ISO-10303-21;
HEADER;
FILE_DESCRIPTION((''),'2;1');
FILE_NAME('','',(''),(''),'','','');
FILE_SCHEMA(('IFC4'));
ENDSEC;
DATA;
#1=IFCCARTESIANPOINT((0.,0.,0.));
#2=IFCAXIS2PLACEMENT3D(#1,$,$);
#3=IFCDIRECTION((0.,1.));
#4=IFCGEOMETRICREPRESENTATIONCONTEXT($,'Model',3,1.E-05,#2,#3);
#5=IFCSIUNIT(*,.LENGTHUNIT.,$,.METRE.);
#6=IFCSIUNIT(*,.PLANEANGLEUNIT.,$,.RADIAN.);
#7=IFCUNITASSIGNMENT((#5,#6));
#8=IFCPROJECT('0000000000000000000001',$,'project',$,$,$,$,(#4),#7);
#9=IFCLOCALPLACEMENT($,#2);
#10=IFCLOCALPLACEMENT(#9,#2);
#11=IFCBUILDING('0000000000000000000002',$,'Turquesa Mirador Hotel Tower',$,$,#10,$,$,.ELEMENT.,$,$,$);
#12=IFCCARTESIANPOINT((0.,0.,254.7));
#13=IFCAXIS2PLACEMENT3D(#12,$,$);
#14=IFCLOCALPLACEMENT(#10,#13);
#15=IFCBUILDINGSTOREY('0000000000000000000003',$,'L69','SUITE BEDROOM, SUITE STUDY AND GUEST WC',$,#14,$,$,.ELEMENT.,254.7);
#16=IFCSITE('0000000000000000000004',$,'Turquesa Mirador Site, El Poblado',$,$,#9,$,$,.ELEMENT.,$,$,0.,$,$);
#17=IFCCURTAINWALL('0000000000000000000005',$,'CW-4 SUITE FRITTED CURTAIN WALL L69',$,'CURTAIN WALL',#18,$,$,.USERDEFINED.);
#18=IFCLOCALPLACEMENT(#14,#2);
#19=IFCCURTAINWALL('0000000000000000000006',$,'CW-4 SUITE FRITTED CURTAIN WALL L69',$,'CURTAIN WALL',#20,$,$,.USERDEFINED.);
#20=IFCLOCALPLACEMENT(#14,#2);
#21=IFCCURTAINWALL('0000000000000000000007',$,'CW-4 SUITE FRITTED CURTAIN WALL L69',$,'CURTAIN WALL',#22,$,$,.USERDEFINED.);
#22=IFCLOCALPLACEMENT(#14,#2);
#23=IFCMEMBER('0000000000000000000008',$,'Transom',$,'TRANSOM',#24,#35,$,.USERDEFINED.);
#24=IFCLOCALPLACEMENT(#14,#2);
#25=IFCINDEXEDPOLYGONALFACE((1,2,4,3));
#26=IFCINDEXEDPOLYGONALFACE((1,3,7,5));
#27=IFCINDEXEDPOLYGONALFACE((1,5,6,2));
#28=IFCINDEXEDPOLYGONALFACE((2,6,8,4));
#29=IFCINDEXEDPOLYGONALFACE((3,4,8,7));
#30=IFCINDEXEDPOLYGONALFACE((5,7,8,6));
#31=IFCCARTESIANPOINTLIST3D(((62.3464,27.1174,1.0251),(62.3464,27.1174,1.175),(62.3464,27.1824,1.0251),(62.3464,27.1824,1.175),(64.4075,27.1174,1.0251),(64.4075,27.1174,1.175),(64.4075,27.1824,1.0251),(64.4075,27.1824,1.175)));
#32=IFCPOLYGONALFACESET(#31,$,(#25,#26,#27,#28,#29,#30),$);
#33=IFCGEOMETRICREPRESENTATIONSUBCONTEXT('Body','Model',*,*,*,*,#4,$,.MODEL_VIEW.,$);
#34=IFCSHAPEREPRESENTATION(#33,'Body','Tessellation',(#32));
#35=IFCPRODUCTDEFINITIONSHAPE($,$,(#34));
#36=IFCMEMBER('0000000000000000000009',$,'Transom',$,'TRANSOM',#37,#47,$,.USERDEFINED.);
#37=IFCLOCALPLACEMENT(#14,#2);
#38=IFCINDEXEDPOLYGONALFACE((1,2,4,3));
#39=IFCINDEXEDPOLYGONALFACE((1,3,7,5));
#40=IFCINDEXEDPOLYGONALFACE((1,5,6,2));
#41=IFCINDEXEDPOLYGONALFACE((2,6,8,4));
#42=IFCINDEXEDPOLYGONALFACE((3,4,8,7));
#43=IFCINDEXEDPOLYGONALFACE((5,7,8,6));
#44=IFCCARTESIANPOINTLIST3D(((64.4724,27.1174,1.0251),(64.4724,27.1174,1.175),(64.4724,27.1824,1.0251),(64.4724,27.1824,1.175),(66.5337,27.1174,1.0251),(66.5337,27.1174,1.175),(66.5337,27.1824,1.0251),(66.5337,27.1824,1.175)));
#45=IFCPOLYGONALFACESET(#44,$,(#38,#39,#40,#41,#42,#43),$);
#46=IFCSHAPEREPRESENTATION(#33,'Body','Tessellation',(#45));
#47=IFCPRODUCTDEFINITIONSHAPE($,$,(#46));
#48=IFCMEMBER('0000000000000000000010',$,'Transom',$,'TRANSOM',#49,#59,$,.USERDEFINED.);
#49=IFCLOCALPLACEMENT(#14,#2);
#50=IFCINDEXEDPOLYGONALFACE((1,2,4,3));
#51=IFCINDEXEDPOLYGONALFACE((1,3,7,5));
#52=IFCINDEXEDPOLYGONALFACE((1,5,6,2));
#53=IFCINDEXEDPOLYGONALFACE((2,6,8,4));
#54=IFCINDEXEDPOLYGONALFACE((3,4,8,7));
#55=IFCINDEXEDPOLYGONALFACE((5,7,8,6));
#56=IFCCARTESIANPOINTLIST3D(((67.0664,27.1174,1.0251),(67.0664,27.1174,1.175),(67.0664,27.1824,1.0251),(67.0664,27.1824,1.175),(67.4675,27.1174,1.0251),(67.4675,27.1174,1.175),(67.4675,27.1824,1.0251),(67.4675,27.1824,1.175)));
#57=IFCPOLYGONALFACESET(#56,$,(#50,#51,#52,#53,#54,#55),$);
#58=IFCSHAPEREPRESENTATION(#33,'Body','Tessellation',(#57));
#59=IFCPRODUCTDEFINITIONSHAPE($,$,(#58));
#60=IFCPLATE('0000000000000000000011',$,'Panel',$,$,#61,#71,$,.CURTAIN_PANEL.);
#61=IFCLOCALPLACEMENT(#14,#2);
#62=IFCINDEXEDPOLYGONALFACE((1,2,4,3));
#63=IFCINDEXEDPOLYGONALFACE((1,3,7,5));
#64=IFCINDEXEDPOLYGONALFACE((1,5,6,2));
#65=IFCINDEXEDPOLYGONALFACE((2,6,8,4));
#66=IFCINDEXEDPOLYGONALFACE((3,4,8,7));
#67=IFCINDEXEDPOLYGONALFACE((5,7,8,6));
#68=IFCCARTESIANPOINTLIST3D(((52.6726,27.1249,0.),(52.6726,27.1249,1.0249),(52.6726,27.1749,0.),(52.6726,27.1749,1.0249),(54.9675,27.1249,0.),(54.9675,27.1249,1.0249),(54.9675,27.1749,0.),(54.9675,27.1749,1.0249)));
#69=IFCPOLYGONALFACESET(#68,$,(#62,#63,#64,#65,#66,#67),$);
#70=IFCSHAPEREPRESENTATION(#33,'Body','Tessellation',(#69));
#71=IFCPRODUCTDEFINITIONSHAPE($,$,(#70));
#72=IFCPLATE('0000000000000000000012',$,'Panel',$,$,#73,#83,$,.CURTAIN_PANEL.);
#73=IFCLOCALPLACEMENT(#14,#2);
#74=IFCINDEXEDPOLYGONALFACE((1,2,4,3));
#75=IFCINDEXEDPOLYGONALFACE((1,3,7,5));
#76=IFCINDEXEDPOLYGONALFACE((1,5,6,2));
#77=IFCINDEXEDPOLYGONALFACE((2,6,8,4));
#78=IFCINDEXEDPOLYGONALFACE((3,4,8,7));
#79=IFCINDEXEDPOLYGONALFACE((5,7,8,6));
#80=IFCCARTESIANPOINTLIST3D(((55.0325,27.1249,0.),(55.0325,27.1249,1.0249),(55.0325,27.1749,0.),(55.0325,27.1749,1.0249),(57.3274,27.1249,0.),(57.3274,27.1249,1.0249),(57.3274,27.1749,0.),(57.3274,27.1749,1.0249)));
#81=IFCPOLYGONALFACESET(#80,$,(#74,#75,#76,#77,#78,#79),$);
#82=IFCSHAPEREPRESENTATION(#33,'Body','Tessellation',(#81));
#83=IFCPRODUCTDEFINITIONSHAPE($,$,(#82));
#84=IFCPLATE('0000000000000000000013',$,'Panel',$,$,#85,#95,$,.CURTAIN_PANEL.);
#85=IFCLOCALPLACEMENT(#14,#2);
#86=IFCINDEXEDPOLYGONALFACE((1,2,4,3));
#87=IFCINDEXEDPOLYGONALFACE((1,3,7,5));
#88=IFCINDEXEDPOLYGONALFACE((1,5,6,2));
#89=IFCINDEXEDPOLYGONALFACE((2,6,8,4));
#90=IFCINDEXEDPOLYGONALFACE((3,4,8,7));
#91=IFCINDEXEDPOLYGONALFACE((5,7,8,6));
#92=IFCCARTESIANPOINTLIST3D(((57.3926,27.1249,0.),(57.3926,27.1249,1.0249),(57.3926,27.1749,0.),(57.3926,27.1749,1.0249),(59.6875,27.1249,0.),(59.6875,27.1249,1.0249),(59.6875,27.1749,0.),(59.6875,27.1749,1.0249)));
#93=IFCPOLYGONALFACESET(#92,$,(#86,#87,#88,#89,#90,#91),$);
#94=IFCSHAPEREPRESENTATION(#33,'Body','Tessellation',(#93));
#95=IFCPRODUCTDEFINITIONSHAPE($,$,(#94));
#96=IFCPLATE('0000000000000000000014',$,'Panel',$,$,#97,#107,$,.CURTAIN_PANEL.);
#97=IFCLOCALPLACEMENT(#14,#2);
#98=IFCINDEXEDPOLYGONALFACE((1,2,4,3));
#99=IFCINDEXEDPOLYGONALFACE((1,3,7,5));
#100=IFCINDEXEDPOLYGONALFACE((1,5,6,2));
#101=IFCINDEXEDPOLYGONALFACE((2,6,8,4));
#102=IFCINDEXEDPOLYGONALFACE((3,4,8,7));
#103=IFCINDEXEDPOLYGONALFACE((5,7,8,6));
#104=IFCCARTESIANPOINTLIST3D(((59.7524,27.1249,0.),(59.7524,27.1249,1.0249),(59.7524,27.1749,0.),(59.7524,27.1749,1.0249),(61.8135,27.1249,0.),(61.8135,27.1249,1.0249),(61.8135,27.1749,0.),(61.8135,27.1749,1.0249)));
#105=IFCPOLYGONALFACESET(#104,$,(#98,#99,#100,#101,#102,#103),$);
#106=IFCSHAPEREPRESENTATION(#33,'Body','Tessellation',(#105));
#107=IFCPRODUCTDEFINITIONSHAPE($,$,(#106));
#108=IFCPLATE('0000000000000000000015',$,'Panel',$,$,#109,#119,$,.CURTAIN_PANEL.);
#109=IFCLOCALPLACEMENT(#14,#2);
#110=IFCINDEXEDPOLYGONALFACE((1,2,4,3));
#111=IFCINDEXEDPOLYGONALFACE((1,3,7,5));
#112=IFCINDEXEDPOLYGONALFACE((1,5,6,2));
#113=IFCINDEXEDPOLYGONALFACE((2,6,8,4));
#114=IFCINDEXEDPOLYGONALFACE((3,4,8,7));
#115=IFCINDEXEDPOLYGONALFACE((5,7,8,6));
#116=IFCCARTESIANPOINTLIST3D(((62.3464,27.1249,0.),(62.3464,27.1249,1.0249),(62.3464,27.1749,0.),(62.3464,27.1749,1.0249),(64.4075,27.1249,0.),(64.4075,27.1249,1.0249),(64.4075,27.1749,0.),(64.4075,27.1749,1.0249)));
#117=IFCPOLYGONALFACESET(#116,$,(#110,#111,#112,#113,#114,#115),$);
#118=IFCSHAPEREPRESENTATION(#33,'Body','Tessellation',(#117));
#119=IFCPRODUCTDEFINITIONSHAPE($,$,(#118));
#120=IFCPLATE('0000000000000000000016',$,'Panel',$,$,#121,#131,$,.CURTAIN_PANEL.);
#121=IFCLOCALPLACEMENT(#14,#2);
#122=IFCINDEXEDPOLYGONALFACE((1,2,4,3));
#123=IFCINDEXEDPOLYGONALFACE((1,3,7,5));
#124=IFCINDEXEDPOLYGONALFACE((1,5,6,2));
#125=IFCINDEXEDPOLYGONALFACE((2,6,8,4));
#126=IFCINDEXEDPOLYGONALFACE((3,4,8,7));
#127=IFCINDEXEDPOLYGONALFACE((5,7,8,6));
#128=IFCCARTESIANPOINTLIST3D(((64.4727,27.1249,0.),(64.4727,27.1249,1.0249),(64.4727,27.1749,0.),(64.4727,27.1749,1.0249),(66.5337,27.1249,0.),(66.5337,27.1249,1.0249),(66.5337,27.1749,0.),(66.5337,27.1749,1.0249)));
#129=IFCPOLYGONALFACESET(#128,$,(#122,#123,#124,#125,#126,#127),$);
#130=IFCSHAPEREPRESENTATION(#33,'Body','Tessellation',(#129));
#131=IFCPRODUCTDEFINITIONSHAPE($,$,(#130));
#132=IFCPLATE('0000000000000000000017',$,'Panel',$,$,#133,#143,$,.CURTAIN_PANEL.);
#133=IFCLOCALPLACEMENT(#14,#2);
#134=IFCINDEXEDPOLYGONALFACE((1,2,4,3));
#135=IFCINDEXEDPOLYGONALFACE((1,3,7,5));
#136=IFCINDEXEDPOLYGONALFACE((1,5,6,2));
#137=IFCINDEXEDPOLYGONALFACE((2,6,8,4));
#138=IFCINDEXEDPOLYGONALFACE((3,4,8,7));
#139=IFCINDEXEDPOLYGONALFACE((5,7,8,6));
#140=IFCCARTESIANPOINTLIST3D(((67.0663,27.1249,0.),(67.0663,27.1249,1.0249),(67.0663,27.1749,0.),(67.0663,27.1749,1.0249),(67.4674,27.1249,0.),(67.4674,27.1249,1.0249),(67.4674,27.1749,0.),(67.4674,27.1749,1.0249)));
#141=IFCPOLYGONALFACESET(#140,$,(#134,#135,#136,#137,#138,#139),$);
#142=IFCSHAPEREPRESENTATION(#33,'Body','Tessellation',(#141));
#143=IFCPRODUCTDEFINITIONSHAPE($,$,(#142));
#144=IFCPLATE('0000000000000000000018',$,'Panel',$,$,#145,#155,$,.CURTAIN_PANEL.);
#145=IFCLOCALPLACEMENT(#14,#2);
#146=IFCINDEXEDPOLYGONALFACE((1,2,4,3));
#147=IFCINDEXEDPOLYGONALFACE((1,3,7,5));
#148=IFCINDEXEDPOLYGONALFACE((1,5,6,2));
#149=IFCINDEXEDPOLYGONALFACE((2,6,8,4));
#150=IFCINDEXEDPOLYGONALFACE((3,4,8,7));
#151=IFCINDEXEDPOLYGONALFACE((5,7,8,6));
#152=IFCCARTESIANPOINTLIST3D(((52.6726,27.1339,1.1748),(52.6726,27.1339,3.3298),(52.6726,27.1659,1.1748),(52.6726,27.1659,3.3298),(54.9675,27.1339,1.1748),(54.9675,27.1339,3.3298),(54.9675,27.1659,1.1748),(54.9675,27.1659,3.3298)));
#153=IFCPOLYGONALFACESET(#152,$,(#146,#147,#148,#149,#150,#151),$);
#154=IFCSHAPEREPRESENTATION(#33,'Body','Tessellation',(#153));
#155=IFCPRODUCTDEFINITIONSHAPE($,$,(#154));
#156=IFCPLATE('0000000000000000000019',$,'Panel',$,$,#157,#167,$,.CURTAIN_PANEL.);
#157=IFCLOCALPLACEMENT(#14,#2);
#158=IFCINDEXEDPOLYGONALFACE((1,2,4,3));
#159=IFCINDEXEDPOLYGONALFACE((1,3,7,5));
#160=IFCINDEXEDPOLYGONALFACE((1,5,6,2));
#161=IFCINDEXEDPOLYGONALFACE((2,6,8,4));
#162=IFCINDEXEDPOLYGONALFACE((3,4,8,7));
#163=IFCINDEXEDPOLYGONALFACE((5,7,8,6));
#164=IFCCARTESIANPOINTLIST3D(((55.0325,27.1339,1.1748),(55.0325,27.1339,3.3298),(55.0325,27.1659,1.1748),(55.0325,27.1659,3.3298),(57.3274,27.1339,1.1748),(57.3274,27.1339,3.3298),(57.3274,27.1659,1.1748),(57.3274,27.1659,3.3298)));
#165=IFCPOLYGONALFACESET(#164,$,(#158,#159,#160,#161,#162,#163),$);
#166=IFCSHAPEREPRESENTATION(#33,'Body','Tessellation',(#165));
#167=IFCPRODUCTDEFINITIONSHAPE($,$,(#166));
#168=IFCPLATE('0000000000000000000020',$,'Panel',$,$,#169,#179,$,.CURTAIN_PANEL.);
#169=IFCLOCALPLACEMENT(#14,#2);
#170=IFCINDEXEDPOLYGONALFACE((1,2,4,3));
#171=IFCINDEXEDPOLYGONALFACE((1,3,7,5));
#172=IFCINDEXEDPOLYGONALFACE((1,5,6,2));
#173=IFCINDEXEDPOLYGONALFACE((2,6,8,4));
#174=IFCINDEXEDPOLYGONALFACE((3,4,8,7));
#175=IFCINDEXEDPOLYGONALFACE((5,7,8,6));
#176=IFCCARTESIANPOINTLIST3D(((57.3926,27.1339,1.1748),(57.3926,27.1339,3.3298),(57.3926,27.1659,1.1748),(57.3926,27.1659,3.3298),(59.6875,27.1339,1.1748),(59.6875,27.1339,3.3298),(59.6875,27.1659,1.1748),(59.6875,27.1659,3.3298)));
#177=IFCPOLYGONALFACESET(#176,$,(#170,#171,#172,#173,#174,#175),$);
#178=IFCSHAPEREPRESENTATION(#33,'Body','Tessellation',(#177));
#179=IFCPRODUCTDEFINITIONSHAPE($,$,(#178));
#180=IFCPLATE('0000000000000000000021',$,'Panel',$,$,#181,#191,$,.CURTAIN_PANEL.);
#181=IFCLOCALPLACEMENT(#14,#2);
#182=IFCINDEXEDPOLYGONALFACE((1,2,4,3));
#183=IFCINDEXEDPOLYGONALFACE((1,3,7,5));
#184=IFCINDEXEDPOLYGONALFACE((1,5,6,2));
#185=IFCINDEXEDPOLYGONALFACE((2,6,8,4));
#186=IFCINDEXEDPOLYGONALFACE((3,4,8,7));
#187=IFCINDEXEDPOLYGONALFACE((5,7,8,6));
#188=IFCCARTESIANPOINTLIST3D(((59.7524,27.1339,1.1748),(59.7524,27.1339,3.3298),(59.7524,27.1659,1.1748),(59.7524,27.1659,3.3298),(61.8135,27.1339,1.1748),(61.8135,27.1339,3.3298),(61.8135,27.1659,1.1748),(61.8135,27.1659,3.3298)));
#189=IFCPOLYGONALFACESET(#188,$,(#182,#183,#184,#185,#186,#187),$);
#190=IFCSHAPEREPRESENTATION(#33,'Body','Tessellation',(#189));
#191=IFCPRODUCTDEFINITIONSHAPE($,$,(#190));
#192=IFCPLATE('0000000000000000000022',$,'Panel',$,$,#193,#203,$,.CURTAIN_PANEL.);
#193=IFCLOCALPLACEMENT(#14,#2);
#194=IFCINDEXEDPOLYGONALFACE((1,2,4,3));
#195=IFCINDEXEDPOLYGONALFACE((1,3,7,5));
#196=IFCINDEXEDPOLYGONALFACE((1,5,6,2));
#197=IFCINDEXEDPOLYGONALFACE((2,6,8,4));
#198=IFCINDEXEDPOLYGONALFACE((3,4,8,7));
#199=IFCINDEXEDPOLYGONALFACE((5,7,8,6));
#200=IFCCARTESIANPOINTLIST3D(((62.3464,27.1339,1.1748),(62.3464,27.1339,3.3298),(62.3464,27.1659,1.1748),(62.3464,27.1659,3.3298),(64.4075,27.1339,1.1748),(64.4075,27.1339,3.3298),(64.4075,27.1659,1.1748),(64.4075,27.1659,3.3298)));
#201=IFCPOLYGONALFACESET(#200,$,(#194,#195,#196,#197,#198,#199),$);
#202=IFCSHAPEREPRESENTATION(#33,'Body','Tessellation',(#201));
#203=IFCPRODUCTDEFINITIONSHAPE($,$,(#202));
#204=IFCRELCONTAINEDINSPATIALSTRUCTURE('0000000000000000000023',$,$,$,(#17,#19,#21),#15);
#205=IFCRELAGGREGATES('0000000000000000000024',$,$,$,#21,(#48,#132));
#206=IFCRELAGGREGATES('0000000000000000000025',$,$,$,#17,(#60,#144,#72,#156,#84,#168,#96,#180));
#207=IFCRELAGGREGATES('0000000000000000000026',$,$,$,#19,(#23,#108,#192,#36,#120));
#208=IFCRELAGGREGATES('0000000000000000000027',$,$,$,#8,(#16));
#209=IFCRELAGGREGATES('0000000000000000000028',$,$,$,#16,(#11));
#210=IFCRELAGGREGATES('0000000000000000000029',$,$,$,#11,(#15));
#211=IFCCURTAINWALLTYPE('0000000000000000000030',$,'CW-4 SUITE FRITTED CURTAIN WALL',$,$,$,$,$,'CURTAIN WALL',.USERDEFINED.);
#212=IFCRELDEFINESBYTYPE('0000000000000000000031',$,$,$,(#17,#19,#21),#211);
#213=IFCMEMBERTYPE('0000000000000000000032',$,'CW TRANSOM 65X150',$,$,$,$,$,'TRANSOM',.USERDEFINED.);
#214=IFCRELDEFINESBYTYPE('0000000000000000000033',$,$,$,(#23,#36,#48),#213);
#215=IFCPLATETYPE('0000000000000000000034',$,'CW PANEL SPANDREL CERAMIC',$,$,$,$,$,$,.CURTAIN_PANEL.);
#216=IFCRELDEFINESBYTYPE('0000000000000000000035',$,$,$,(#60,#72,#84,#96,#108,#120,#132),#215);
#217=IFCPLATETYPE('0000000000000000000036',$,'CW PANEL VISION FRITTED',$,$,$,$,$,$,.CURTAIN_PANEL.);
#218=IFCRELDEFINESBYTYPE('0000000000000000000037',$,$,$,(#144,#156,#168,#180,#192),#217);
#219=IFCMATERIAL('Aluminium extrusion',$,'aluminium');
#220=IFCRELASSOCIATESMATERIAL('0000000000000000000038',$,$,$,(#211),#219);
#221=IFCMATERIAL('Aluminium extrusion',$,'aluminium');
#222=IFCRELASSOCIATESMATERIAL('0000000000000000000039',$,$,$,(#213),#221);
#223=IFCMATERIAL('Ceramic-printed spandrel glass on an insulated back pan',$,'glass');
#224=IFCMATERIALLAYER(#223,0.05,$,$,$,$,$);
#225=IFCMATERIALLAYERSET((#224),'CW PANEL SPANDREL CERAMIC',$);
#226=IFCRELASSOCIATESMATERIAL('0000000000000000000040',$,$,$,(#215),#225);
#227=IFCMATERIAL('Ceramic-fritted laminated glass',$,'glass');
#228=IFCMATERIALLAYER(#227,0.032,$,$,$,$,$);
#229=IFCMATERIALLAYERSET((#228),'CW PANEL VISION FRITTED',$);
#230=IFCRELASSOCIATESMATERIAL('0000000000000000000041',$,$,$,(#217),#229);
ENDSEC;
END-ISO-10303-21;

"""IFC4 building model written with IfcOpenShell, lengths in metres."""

from ifc_helpers import new_model, si_unit, direction, frame, origin, origin_2d, place, context, subcontext, project, spatial, rectangle, extrude, material, layer, layer_set, material_profile, profile_set, type_object, element, aggregate, save


model = new_model("IFC4")

# Units and contexts
model_context = context("Model", 3, precision=1e-05, world=origin(), true_north=direction((0.0, 1.0)))
body_context = subcontext(model_context, "Body", "Model", "MODEL_VIEW")
ifc_project = project(units=[si_unit("LENGTHUNIT", "METRE"), si_unit("PLANEANGLEUNIT", "RADIAN")], contexts=[model_context])

# Site, building, storey
site_placement = place(None, origin())
site = spatial("IfcSite", under=ifc_project, at=site_placement, Name="Turquesa Mirador Site, El Poblado", CompositionType="ELEMENT", RefElevation=0.0)
building_placement = place(site_placement, origin())
building = spatial("IfcBuilding", under=site, at=building_placement, Name="Turquesa Mirador Hotel Tower", CompositionType="ELEMENT")
storey_placement = place(building_placement, frame((0.0, 0.0, 254.7)))
storey = spatial("IfcBuildingStorey", under=building, at=storey_placement, Name="L69", Description="SUITE BEDROOM, SUITE STUDY AND GUEST WC", CompositionType="ELEMENT", Elevation=254.7)

# Curtain walls
ifc_material_1 = material(Name="Aluminium extrusion", Category="aluminium")
curtain_wall_type = type_object("IfcCurtainWallType", Name="CW-4 SUITE FRITTED CURTAIN WALL", ElementType="CURTAIN WALL", PredefinedType="USERDEFINED", material=ifc_material_1)
curtain_wall_1_placement = place(storey_placement, origin())
curtain_wall_1 = element("IfcCurtainWall", 1, at=curtain_wall_1_placement, inside=storey, type_object=curtain_wall_type, Name="CW-4 SUITE FRITTED CURTAIN WALL L69", ObjectType="CURTAIN WALL", PredefinedType="USERDEFINED")
curtain_wall_2_placement = place(storey_placement, origin())
curtain_wall_2 = element("IfcCurtainWall", 2, at=curtain_wall_2_placement, inside=storey, type_object=curtain_wall_type, Name="CW-4 SUITE FRITTED CURTAIN WALL L69", ObjectType="CURTAIN WALL", PredefinedType="USERDEFINED")

# Curtain wall
curtain_wall_3_placement = place(storey_placement, origin())
curtain_wall_3 = element("IfcCurtainWall", 3, at=curtain_wall_3_placement, inside=storey, type_object=curtain_wall_type, Name="CW-4 SUITE FRITTED CURTAIN WALL L69", ObjectType="CURTAIN WALL", PredefinedType="USERDEFINED")

# Members
ifc_material_2 = material(Name="Aluminium extrusion", Category="aluminium")
ifc_material_profile_1 = material_profile(ifc_material_2, rectangle(XDim=0.0649, YDim=0.1499, at=origin_2d()), Name="TRANSOM 65X150")
ifc_profile_set_1 = profile_set([ifc_material_profile_1], Name="Aluminium extrusion")
member_type_1 = type_object("IfcMemberType", Name="CW TRANSOM 65X150", ElementType="TRANSOM", PredefinedType="USERDEFINED", material=ifc_profile_set_1)
member_1_placement = place(storey_placement, frame((62.3464, 27.1499, 1.1001), z_axis=(1.0, 0.0, 0.0), x_axis=(0.0, 1.0, 0.0)))
member_1 = element("IfcMember", 4, at=member_1_placement, type_object=member_type_1, Name="Transom", ObjectType="TRANSOM", PredefinedType="USERDEFINED", context=body_context, shape_type="SweptSolid", body=[
    extrude(rectangle(XDim=0.0649, YDim=0.1499, at=origin_2d()), origin(), (0.0, 0.0, 1.0), 2.061),
])
member_2_placement = place(storey_placement, frame((64.4724, 27.1499, 1.1001), z_axis=(1.0, 0.0, 0.0), x_axis=(0.0, 1.0, 0.0)))
member_2 = element("IfcMember", 5, at=member_2_placement, type_object=member_type_1, Name="Transom", ObjectType="TRANSOM", PredefinedType="USERDEFINED", context=body_context, shape_type="SweptSolid", body=[
    extrude(rectangle(XDim=0.0649, YDim=0.1499, at=origin_2d()), origin(), (0.0, 0.0, 1.0), 2.0613),
])
member_3_placement = place(storey_placement, frame((67.0664, 27.1499, 1.1001), z_axis=(1.0, 0.0, 0.0), x_axis=(0.0, 1.0, 0.0)))
member_3 = element("IfcMember", 6, at=member_3_placement, type_object=member_type_1, Name="Transom", ObjectType="TRANSOM", PredefinedType="USERDEFINED", context=body_context, shape_type="SweptSolid", body=[
    extrude(rectangle(XDim=0.0649, YDim=0.1499, at=origin_2d()), origin(), (0.0, 0.0, 1.0), 0.4011),
])

# Plates
ifc_material_3 = material(Name="Ceramic-printed spandrel glass on an insulated back pan", Category="glass")
ifc_layer_1 = layer(ifc_material_3, 0.05)
ifc_layer_set_1 = layer_set([ifc_layer_1], Name="CW PANEL SPANDREL CERAMIC")
plate_type_1 = type_object("IfcPlateType", Name="CW PANEL SPANDREL CERAMIC", PredefinedType="CURTAIN_PANEL", material=ifc_layer_set_1)
plate_1_placement = place(storey_placement, frame((53.8201, 27.1499, 0.0), z_axis=(0.0, 0.0, 1.0), x_axis=(1.0, 0.0, 0.0)))
plate_1 = element("IfcPlate", 7, at=plate_1_placement, type_object=plate_type_1, Name="Panel", PredefinedType="CURTAIN_PANEL", context=body_context, shape_type="SweptSolid", body=[
    extrude(rectangle(XDim=2.2949, YDim=0.05, at=origin_2d()), origin(), (0.0, 0.0, 1.0), 1.0249),
])
plate_2_placement = place(storey_placement, frame((56.1799, 27.1499, 0.0), z_axis=(0.0, 0.0, 1.0), x_axis=(1.0, 0.0, 0.0)))
plate_2 = element("IfcPlate", 8, at=plate_2_placement, type_object=plate_type_1, Name="Panel", PredefinedType="CURTAIN_PANEL", context=body_context, shape_type="SweptSolid", body=[
    extrude(rectangle(XDim=2.2949, YDim=0.05, at=origin_2d()), origin(), (0.0, 0.0, 1.0), 1.0249),
])
plate_3_placement = place(storey_placement, frame((58.54, 27.1499, 0.0), z_axis=(0.0, 0.0, 1.0), x_axis=(1.0, 0.0, 0.0)))
plate_3 = element("IfcPlate", 9, at=plate_3_placement, type_object=plate_type_1, Name="Panel", PredefinedType="CURTAIN_PANEL", context=body_context, shape_type="SweptSolid", body=[
    extrude(rectangle(XDim=2.2949, YDim=0.05, at=origin_2d()), origin(), (0.0, 0.0, 1.0), 1.0249),
])
plate_4_placement = place(storey_placement, frame((60.783, 27.1499, 0.0), z_axis=(0.0, 0.0, 1.0), x_axis=(1.0, 0.0, 0.0)))
plate_4 = element("IfcPlate", 10, at=plate_4_placement, type_object=plate_type_1, Name="Panel", PredefinedType="CURTAIN_PANEL", context=body_context, shape_type="SweptSolid", body=[
    extrude(rectangle(XDim=2.061, YDim=0.05, at=origin_2d()), origin(), (0.0, 0.0, 1.0), 1.0249),
])
plate_5_placement = place(storey_placement, frame((63.377, 27.1499, 0.0), z_axis=(0.0, 0.0, 1.0), x_axis=(1.0, 0.0, 0.0)))
plate_5 = element("IfcPlate", 11, at=plate_5_placement, type_object=plate_type_1, Name="Panel", PredefinedType="CURTAIN_PANEL", context=body_context, shape_type="SweptSolid", body=[
    extrude(rectangle(XDim=2.061, YDim=0.05, at=origin_2d()), origin(), (0.0, 0.0, 1.0), 1.0249),
])
plate_6_placement = place(storey_placement, frame((65.5032, 27.1499, 0.0), z_axis=(0.0, 0.0, 1.0), x_axis=(1.0, 0.0, 0.0)))
plate_6 = element("IfcPlate", 12, at=plate_6_placement, type_object=plate_type_1, Name="Panel", PredefinedType="CURTAIN_PANEL", context=body_context, shape_type="SweptSolid", body=[
    extrude(rectangle(XDim=2.061, YDim=0.05, at=origin_2d()), origin(), (0.0, 0.0, 1.0), 1.0249),
])
plate_7_placement = place(storey_placement, frame((67.2668, 27.1499, 0.0), z_axis=(0.0, 0.0, 1.0), x_axis=(1.0, 0.0, 0.0)))
plate_7 = element("IfcPlate", 13, at=plate_7_placement, type_object=plate_type_1, Name="Panel", PredefinedType="CURTAIN_PANEL", context=body_context, shape_type="SweptSolid", body=[
    extrude(rectangle(XDim=0.4011, YDim=0.05, at=origin_2d()), origin(), (0.0, 0.0, 1.0), 1.0249),
])
aggregate(curtain_wall_3, [member_3, plate_7])
ifc_material_4 = material(Name="Ceramic-fritted laminated glass", Category="glass")
ifc_layer_2 = layer(ifc_material_4, 0.032)
ifc_layer_set_2 = layer_set([ifc_layer_2], Name="CW PANEL VISION FRITTED")
plate_type_2 = type_object("IfcPlateType", Name="CW PANEL VISION FRITTED", PredefinedType="CURTAIN_PANEL", material=ifc_layer_set_2)
plate_8_placement = place(storey_placement, frame((53.8201, 27.1499, 1.1748), z_axis=(0.0, 0.0, 1.0), x_axis=(1.0, 0.0, 0.0)))
plate_8 = element("IfcPlate", 14, at=plate_8_placement, type_object=plate_type_2, Name="Panel", PredefinedType="CURTAIN_PANEL", context=body_context, shape_type="SweptSolid", body=[
    extrude(rectangle(XDim=2.2949, YDim=0.032, at=origin_2d()), origin(), (0.0, 0.0, 1.0), 2.155),
])
plate_9_placement = place(storey_placement, frame((56.1799, 27.1499, 1.1748), z_axis=(0.0, 0.0, 1.0), x_axis=(1.0, 0.0, 0.0)))
plate_9 = element("IfcPlate", 15, at=plate_9_placement, type_object=plate_type_2, Name="Panel", PredefinedType="CURTAIN_PANEL", context=body_context, shape_type="SweptSolid", body=[
    extrude(rectangle(XDim=2.2949, YDim=0.032, at=origin_2d()), origin(), (0.0, 0.0, 1.0), 2.155),
])
plate_10_placement = place(storey_placement, frame((58.54, 27.1499, 1.1748), z_axis=(0.0, 0.0, 1.0), x_axis=(1.0, 0.0, 0.0)))
plate_10 = element("IfcPlate", 16, at=plate_10_placement, type_object=plate_type_2, Name="Panel", PredefinedType="CURTAIN_PANEL", context=body_context, shape_type="SweptSolid", body=[
    extrude(rectangle(XDim=2.2949, YDim=0.032, at=origin_2d()), origin(), (0.0, 0.0, 1.0), 2.155),
])
plate_11_placement = place(storey_placement, frame((60.783, 27.1499, 1.1748), z_axis=(0.0, 0.0, 1.0), x_axis=(1.0, 0.0, 0.0)))
plate_11 = element("IfcPlate", 17, at=plate_11_placement, type_object=plate_type_2, Name="Panel", PredefinedType="CURTAIN_PANEL", context=body_context, shape_type="SweptSolid", body=[
    extrude(rectangle(XDim=2.061, YDim=0.032, at=origin_2d()), origin(), (0.0, 0.0, 1.0), 2.155),
])
aggregate(curtain_wall_1, [plate_1, plate_8, plate_2, plate_9, plate_3, plate_10, plate_4, plate_11])
plate_12_placement = place(storey_placement, frame((63.377, 27.1499, 1.1748), z_axis=(0.0, 0.0, 1.0), x_axis=(1.0, 0.0, 0.0)))
plate_12 = element("IfcPlate", 18, at=plate_12_placement, type_object=plate_type_2, Name="Panel", PredefinedType="CURTAIN_PANEL", context=body_context, shape_type="SweptSolid", body=[
    extrude(rectangle(XDim=2.061, YDim=0.032, at=origin_2d()), origin(), (0.0, 0.0, 1.0), 2.155),
])
aggregate(curtain_wall_2, [member_1, plate_5, plate_12, member_2, plate_6])

save(model, "model.ifc")
